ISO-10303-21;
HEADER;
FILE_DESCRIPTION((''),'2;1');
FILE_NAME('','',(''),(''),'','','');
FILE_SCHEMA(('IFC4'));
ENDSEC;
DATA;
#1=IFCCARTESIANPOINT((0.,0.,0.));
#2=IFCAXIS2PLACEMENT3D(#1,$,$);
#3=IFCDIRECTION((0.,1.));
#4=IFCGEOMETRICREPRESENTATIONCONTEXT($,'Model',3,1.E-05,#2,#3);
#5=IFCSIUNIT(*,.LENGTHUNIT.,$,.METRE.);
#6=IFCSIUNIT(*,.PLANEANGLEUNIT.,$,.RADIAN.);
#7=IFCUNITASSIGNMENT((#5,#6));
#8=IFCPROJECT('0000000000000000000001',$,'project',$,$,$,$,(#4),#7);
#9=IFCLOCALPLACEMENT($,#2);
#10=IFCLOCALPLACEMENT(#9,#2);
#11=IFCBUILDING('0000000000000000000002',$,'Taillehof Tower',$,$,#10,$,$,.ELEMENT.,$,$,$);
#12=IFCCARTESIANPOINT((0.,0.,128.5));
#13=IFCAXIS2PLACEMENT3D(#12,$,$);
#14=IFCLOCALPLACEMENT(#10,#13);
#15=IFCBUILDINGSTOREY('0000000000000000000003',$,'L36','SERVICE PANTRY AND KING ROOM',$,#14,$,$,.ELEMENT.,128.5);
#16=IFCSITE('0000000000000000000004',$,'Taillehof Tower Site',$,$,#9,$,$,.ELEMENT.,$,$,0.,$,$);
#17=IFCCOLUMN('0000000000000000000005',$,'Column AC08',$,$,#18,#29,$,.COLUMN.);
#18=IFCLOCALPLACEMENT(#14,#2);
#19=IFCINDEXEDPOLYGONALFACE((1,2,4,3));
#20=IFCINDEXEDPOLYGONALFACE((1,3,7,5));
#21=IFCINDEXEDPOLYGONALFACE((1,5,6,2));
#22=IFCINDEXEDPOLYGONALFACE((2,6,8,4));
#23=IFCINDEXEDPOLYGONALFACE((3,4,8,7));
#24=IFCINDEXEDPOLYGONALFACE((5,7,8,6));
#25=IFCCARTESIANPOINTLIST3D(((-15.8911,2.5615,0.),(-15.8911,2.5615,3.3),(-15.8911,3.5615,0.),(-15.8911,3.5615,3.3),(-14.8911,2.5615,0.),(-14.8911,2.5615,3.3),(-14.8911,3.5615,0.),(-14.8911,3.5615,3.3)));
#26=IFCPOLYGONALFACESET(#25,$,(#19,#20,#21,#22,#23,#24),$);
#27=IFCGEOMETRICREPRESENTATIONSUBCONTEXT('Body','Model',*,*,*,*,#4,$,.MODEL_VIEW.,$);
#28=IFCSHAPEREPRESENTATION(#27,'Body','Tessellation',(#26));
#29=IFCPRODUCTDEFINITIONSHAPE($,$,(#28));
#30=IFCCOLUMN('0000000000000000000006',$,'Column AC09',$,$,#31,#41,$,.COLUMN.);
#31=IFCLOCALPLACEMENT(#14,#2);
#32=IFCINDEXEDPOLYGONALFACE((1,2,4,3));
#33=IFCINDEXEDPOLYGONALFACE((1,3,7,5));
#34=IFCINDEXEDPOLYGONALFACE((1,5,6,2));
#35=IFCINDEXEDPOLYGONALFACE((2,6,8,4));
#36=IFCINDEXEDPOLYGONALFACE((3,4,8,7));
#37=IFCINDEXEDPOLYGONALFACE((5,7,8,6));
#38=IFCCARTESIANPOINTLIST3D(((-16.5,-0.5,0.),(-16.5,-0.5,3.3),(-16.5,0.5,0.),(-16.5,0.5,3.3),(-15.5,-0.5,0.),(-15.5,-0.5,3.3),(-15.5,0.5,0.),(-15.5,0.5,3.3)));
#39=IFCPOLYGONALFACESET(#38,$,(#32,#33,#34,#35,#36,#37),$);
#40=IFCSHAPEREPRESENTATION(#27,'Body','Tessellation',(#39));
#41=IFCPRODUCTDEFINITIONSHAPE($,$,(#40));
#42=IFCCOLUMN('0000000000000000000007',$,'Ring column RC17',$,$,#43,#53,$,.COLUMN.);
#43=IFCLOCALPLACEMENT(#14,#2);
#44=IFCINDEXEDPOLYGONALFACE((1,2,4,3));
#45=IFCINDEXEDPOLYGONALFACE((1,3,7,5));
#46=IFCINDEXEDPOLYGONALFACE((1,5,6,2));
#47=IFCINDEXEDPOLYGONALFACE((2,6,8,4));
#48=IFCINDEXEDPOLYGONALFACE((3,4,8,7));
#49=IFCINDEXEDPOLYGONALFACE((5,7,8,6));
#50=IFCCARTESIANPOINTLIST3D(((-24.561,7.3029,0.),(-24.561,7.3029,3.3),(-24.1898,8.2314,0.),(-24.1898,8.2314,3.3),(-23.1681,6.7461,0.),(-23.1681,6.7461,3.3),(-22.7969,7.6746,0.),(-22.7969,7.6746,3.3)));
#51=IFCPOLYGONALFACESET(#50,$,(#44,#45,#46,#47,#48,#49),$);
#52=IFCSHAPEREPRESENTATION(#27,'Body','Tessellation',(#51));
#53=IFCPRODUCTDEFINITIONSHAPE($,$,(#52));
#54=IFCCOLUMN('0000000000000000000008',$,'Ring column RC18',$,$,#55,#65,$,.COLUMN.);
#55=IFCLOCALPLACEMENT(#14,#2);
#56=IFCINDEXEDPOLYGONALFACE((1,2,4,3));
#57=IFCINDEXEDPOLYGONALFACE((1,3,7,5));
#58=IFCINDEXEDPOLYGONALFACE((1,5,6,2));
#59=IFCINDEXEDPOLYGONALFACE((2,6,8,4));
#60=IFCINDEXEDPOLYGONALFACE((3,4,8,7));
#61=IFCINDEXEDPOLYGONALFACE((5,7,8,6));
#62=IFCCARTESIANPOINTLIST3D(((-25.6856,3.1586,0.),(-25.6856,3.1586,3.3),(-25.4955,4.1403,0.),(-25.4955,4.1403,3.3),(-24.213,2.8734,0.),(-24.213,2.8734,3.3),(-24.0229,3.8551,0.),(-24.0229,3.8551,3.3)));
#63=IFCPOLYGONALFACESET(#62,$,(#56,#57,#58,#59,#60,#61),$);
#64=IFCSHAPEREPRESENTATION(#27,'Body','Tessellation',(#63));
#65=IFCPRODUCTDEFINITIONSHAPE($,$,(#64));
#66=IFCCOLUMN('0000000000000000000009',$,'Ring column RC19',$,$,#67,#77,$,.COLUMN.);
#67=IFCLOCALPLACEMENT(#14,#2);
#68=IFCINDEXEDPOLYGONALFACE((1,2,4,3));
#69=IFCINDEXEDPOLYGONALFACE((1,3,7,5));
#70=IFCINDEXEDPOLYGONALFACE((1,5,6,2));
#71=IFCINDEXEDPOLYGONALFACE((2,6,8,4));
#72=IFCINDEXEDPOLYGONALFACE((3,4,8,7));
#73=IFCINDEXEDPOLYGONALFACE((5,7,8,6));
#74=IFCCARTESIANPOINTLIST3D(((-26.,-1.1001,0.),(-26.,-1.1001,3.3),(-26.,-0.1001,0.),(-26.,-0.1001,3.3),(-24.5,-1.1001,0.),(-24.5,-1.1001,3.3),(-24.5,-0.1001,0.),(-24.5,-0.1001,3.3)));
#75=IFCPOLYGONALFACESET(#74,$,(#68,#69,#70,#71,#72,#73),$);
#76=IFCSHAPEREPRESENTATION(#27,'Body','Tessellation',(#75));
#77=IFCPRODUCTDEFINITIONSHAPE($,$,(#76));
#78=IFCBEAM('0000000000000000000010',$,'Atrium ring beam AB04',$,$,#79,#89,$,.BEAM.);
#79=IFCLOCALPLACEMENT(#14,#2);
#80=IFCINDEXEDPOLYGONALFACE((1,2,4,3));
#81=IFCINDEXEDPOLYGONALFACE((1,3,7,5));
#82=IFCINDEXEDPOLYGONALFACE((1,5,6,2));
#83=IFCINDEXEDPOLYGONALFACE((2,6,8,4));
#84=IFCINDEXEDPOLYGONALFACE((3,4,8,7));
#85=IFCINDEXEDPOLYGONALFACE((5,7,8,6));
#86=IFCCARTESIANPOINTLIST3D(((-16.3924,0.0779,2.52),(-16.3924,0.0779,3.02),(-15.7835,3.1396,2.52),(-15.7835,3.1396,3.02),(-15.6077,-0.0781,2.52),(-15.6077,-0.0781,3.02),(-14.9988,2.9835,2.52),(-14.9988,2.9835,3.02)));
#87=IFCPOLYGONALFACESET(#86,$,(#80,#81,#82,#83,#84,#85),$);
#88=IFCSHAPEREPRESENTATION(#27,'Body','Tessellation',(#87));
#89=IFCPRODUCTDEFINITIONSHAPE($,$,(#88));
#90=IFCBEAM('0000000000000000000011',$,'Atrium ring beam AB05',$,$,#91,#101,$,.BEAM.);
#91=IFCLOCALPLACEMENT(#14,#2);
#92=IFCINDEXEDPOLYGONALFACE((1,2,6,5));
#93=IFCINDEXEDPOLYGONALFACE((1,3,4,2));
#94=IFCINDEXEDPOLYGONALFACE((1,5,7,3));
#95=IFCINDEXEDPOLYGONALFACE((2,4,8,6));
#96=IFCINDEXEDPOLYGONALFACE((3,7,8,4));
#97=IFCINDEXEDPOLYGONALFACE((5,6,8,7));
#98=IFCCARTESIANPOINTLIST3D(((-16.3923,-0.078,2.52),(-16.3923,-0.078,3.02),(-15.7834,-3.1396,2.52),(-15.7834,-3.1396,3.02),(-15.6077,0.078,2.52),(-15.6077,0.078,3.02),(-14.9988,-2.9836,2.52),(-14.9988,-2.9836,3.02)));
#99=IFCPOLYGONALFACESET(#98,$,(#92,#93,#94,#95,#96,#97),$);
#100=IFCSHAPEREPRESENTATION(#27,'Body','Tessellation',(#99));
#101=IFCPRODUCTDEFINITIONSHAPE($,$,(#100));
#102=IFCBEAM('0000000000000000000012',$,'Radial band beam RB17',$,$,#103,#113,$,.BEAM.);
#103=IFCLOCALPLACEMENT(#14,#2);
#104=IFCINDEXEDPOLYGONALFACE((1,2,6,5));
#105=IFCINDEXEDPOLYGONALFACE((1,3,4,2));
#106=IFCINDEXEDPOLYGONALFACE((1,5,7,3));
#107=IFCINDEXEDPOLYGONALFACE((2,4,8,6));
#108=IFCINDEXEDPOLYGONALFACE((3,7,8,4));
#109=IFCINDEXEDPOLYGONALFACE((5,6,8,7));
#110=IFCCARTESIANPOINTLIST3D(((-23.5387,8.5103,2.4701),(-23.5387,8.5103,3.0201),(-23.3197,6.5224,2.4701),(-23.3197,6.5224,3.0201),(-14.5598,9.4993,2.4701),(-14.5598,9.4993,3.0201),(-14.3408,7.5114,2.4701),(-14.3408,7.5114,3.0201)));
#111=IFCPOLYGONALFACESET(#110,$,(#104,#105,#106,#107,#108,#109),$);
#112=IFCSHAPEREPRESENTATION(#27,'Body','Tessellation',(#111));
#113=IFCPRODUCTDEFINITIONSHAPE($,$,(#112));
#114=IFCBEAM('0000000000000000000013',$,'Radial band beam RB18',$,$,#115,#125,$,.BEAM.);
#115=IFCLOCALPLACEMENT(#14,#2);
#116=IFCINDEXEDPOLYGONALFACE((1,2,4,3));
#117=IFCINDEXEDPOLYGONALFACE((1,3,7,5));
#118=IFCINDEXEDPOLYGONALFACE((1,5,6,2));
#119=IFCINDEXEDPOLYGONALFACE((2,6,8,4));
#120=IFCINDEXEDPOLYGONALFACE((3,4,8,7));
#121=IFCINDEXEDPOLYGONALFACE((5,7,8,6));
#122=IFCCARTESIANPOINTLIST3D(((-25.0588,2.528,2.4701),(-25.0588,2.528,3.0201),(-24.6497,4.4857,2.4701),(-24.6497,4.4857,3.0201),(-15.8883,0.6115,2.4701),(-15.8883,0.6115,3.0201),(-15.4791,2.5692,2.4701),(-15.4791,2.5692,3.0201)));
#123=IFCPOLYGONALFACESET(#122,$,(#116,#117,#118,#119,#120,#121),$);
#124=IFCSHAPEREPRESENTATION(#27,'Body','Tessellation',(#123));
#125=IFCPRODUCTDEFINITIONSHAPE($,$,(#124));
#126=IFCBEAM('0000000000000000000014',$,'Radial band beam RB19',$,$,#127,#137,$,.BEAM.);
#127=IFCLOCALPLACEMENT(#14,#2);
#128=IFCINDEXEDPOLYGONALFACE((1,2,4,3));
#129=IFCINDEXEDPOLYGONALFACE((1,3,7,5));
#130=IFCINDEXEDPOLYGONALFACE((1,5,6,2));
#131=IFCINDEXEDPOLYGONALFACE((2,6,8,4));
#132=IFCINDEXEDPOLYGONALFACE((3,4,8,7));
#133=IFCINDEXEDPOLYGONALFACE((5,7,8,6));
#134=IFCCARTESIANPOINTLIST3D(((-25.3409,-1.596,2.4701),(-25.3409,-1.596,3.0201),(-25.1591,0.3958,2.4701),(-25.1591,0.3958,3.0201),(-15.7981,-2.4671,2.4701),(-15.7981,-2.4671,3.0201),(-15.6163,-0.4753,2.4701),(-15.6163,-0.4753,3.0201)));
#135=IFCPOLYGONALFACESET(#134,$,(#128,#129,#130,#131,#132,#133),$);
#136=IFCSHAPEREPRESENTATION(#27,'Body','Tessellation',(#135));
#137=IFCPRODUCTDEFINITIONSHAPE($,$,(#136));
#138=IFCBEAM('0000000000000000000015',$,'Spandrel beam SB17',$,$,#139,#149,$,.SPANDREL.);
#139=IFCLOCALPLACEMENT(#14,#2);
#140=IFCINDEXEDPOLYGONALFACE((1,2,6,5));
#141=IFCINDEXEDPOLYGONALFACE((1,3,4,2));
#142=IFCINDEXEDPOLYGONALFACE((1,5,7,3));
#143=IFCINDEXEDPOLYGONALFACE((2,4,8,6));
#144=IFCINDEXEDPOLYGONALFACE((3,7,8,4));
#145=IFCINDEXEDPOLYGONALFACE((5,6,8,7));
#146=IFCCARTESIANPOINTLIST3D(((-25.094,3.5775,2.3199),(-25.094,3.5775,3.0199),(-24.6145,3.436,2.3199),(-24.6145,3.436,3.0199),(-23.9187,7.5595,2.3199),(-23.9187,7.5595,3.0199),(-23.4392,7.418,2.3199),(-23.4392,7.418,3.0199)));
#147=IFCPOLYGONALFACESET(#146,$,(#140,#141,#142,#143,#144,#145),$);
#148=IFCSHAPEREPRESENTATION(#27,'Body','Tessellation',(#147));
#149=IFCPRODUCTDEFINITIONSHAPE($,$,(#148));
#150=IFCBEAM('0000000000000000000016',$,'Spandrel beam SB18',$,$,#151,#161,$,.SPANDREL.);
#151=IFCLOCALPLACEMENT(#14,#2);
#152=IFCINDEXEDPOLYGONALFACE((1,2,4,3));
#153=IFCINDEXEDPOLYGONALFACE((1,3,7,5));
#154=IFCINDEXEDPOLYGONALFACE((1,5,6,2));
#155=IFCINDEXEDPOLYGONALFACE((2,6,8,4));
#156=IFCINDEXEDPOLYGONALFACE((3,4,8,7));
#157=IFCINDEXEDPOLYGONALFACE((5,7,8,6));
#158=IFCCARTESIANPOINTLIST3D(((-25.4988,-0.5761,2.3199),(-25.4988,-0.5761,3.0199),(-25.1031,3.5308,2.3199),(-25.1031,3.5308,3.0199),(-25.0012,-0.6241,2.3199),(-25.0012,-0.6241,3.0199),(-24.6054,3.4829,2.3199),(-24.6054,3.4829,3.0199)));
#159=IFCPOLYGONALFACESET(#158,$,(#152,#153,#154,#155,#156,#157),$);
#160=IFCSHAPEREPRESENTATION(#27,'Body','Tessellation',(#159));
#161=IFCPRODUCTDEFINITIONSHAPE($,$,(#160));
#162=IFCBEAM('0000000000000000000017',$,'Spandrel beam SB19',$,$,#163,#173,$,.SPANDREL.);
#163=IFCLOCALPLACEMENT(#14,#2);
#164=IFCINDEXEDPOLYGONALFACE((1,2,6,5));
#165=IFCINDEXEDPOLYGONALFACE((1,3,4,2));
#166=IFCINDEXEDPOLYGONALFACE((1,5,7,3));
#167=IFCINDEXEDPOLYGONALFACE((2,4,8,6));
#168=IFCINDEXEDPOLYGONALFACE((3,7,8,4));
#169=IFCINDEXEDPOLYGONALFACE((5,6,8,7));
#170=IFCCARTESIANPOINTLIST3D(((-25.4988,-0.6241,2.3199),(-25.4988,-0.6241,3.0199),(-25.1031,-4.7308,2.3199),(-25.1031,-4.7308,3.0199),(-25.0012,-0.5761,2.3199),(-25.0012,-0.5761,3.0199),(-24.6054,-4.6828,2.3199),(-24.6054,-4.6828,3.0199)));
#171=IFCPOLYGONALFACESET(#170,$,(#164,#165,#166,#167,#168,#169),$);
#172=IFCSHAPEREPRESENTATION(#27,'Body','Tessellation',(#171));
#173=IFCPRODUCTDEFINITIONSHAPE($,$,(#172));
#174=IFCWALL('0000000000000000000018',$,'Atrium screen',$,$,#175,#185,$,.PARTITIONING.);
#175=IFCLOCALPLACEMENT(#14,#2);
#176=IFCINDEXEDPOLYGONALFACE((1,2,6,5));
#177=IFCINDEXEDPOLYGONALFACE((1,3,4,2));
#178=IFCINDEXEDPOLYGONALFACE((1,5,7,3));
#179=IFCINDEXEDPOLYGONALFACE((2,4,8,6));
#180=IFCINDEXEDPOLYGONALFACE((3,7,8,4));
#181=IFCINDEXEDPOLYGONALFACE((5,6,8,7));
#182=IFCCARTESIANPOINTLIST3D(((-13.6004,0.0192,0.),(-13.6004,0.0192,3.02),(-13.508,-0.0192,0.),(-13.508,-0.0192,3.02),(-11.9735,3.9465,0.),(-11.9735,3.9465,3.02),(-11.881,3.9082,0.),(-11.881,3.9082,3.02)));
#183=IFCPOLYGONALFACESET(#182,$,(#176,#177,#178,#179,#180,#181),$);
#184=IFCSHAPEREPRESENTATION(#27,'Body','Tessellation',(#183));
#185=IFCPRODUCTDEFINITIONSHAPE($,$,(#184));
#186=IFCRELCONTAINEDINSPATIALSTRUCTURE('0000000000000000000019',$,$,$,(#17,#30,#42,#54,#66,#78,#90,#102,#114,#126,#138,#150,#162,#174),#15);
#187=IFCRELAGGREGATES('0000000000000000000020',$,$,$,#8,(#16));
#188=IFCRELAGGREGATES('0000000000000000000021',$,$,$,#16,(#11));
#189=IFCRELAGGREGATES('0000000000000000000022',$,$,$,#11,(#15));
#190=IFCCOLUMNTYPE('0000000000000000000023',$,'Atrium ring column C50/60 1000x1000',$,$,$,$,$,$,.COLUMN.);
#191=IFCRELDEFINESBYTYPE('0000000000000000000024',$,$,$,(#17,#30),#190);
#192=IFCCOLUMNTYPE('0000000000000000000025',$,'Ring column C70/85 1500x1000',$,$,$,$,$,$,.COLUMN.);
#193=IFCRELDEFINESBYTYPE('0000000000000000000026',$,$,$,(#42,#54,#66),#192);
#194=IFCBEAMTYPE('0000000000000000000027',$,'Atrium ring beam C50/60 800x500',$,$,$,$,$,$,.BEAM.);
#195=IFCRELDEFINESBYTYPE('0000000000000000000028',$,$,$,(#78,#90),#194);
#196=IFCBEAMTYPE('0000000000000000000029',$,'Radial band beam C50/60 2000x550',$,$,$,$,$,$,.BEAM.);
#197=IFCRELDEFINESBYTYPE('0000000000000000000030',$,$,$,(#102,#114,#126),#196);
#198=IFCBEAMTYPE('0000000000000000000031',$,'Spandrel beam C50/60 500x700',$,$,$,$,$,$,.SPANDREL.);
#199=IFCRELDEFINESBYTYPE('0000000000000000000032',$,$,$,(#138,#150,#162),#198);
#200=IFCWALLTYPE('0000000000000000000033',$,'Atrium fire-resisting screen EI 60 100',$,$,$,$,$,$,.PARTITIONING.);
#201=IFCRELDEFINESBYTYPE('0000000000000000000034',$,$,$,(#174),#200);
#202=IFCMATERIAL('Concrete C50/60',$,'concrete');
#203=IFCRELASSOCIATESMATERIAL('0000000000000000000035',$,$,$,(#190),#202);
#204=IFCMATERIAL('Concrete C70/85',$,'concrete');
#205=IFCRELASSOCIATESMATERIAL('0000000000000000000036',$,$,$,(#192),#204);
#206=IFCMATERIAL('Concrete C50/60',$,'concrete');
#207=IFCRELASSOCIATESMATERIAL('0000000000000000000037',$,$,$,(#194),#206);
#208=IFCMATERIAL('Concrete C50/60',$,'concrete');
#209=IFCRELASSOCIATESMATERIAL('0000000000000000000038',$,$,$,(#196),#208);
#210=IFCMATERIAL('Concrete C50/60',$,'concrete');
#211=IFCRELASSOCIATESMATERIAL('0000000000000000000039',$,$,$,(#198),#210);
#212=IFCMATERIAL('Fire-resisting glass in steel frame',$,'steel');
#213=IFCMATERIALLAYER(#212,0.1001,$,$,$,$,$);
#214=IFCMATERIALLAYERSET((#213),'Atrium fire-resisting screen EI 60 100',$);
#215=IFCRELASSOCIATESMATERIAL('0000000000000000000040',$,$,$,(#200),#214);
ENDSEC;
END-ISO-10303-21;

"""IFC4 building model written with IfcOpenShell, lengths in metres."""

from ifc_helpers import new_model, si_unit, direction, frame, frame_2d, origin, origin_2d, place, context, subcontext, project, spatial, rectangle, extrude, material, layer, layer_set, material_profile, profile_set, type_object, element, save


model = new_model("IFC4")

# Units and contexts
model_context = context("Model", 3, precision=1e-05, world=origin(), true_north=direction((0.0, 1.0)))
body_context = subcontext(model_context, "Body", "Model", "MODEL_VIEW")
ifc_project = project(units=[si_unit("LENGTHUNIT", "METRE"), si_unit("PLANEANGLEUNIT", "RADIAN")], contexts=[model_context])

# Site, building, storey
site_placement = place(None, origin())
site = spatial("IfcSite", under=ifc_project, at=site_placement, Name="Taillehof Tower Site", CompositionType="ELEMENT", RefElevation=0.0)
building_placement = place(site_placement, origin())
building = spatial("IfcBuilding", under=site, at=building_placement, Name="Taillehof Tower", CompositionType="ELEMENT")
storey_placement = place(building_placement, frame((0.0, 0.0, 128.5)))
storey = spatial("IfcBuildingStorey", under=building, at=storey_placement, Name="L36", Description="SERVICE PANTRY AND KING ROOM", CompositionType="ELEMENT", Elevation=128.5)

# Columns
ifc_material_1 = material(Name="Concrete C50/60", Category="concrete")
ifc_material_profile_1 = material_profile(ifc_material_1, rectangle(XDim=1.0, YDim=1.0, at=origin_2d()), Name="RC 1000x1000")
ifc_profile_set_1 = profile_set([ifc_material_profile_1], Name="Concrete C50/60")
column_type_1 = type_object("IfcColumnType", Name="Atrium ring column C50/60 1000x1000", PredefinedType="COLUMN", material=ifc_profile_set_1)
for number, where, z_axis, x_axis, name in (
    (1, (-15.3911, 3.0615, 0.0), (0.0, 0.0, 1.0), (1.0, 0.0, 0.0), "Column AC08"),
    (2, (-16.0, 0.0, 0.0), (0.0, 0.0, 1.0), (1.0, 0.0, 0.0), "Column AC09"),
):
    element("IfcColumn", number, at=place(storey_placement, frame(where, z_axis=z_axis, x_axis=x_axis)), inside=storey, type_object=column_type_1, Name=name, PredefinedType="COLUMN", context=body_context, shape_type="SweptSolid", body=[
        extrude(rectangle(XDim=1.0, YDim=1.0, at=origin_2d()), origin(), (0.0, 0.0, 1.0), 3.3),
    ])
ifc_material_2 = material(Name="Concrete C70/85", Category="concrete")
ifc_material_profile_2 = material_profile(ifc_material_2, rectangle(XDim=1.5, YDim=1.0, at=origin_2d()), Name="RC 1500x1000")
ifc_profile_set_2 = profile_set([ifc_material_profile_2], Name="Concrete C70/85")
column_type_2 = type_object("IfcColumnType", Name="Ring column C70/85 1500x1000", PredefinedType="COLUMN", material=ifc_profile_set_2)
for number, where, z_axis, x_axis, name in (
    (3, (-23.679, 7.4888, 0.0), (0.0, 0.0, 1.0), (-0.92855, 0.371207, 0.0), "Ring column RC17"),
    (4, (-24.8542, 3.5068, 0.0), (0.0, 0.0, 1.0), (-0.981757, 0.190138, 0.0), "Ring column RC18"),
    (5, (-25.25, -0.6001, 0.0), (0.0, 0.0, 1.0), (-1.0, 0.0, 0.0), "Ring column RC19"),
):
    element("IfcColumn", number, at=place(storey_placement, frame(where, z_axis=z_axis, x_axis=x_axis)), inside=storey, type_object=column_type_2, Name=name, PredefinedType="COLUMN", context=body_context, shape_type="SweptSolid", body=[
        extrude(rectangle(XDim=1.5, YDim=1.0, at=origin_2d()), origin(), (0.0, 0.0, 1.0), 3.3),
    ])

# Beams
ifc_material_3 = material(Name="Concrete C50/60", Category="concrete")
ifc_material_profile_3 = material_profile(ifc_material_3, rectangle(XDim=0.8, YDim=0.5, at=origin_2d()), Name="RC 800x500")
ifc_profile_set_3 = profile_set([ifc_material_profile_3], Name="Concrete C50/60")
beam_type_1 = type_object("IfcBeamType", Name="Atrium ring beam C50/60 800x500", PredefinedType="BEAM", material=ifc_profile_set_3)
for number, where, z_axis, x_axis, name in (
    (6, (-15.3911, 3.0615, 2.77), (-0.195063, -0.980791, 0.0), (0.980791, -0.195063, 0.0), "Atrium ring beam AB04"),
    (7, (-16.0, 0.0, 2.77), (0.195063, -0.980791, 0.0), (0.980791, 0.195063, 0.0), "Atrium ring beam AB05"),
):
    element("IfcBeam", number, at=place(storey_placement, frame(where, z_axis=z_axis, x_axis=x_axis)), inside=storey, type_object=beam_type_1, Name=name, PredefinedType="BEAM", context=body_context, shape_type="SweptSolid", body=[
        extrude(rectangle(XDim=0.8, YDim=0.5, at=origin_2d()), origin(), (0.0, 0.0, 1.0), 3.1216),
    ])
ifc_material_4 = material(Name="Concrete C50/60", Category="concrete")
ifc_material_profile_4 = material_profile(ifc_material_4, rectangle(XDim=2.0, YDim=0.55, at=origin_2d()), Name="RC 2000x550")
ifc_profile_set_4 = profile_set([ifc_material_profile_4], Name="Concrete C50/60")
beam_type_2 = type_object("IfcBeamType", Name="Radial band beam C50/60 2000x550", PredefinedType="BEAM", material=ifc_profile_set_4)
beam_1_placement = place(storey_placement, frame((-23.4292, 7.5164, 2.7451), z_axis=(0.993988, 0.109485, 0.0), x_axis=(-0.109485, 0.993988, 0.0)))
element("IfcBeam", 8, at=beam_1_placement, inside=storey, type_object=beam_type_2, Name="Radial band beam RB17", PredefinedType="BEAM", context=body_context, shape_type="SweptSolid", body=[
    extrude(rectangle(XDim=2.0, YDim=0.55, at=origin_2d()), origin(), (0.0, 0.0, 1.0), 9.0332),
])
beam_2_placement = place(storey_placement, frame((-24.8542, 3.5068, 2.7451), z_axis=(0.978853, -0.204563, 0.0), x_axis=(0.204563, 0.978853, 0.0)))
element("IfcBeam", 9, at=beam_2_placement, inside=storey, type_object=beam_type_2, Name="Radial band beam RB18", PredefinedType="BEAM", context=body_context, shape_type="SweptSolid", body=[
    extrude(rectangle(XDim=2.0, YDim=0.55, at=origin_2d()), origin(), (0.0, 0.0, 1.0), 9.3687),
])
beam_3_placement = place(storey_placement, frame((-25.25, -0.6001, 2.7451), z_axis=(0.99586, -0.090906, 0.0), x_axis=(0.090906, 0.99586, 0.0)))
element("IfcBeam", 10, at=beam_3_placement, inside=storey, type_object=beam_type_2, Name="Radial band beam RB19", PredefinedType="BEAM", context=body_context, shape_type="SweptSolid", body=[
    extrude(rectangle(XDim=2.0, YDim=0.55, at=origin_2d()), origin(), (0.0, 0.0, 1.0), 9.5825),
])
ifc_material_5 = material(Name="Concrete C50/60", Category="concrete")
ifc_material_profile_5 = material_profile(ifc_material_5, rectangle(XDim=0.5, YDim=0.7, at=origin_2d()), Name="RC 500x700")
ifc_profile_set_5 = profile_set([ifc_material_profile_5], Name="Concrete C50/60")
beam_type_3 = type_object("IfcBeamType", Name="Spandrel beam C50/60 500x700", PredefinedType="SPANDREL", material=ifc_profile_set_5)
beam_4_placement = place(storey_placement, frame((-23.679, 7.4888, 2.6699), z_axis=(-0.283083, -0.959095, 0.0), x_axis=(0.959095, -0.283083, 0.0)))
element("IfcBeam", 11, at=beam_4_placement, inside=storey, type_object=beam_type_3, Name="Spandrel beam SB17", PredefinedType="SPANDREL", context=body_context, shape_type="SweptSolid", body=[
    extrude(rectangle(XDim=0.5, YDim=0.7, at=origin_2d()), origin(), (0.0, 0.0, 1.0), 4.1519),
])
beam_5_placement = place(storey_placement, frame((-24.8542, 3.5068, 2.6699), z_axis=(-0.095918, -0.995389, 0.0), x_axis=(0.995389, -0.095918, 0.0)))
element("IfcBeam", 12, at=beam_5_placement, inside=storey, type_object=beam_type_3, Name="Spandrel beam SB18", PredefinedType="SPANDREL", context=body_context, shape_type="SweptSolid", body=[
    extrude(rectangle(XDim=0.5, YDim=0.7, at=origin_2d()), origin(), (0.0, 0.0, 1.0), 4.126),
])
beam_6_placement = place(storey_placement, frame((-25.25, -0.6001, 2.6699), z_axis=(0.095923, -0.995389, 0.0), x_axis=(0.995389, 0.095923, 0.0)))
element("IfcBeam", 13, at=beam_6_placement, inside=storey, type_object=beam_type_3, Name="Spandrel beam SB19", PredefinedType="SPANDREL", context=body_context, shape_type="SweptSolid", body=[
    extrude(rectangle(XDim=0.5, YDim=0.7, at=origin_2d()), origin(), (0.0, 0.0, 1.0), 4.1257),
])

# Wall
ifc_material_6 = material(Name="Fire-resisting glass in steel frame", Category="steel")
ifc_layer_1 = layer(ifc_material_6, 0.1001)
ifc_layer_set_1 = layer_set([ifc_layer_1], Name="Atrium fire-resisting screen EI 60 100")
wall_type_1 = type_object("IfcWallType", Name="Atrium fire-resisting screen EI 60 100", PredefinedType="PARTITIONING", material=ifc_layer_set_1)
wall_1_placement = place(storey_placement, frame((-13.5542, 0.0, 0.0), z_axis=(0.0, 0.0, 1.0), x_axis=(0.382731, 0.92386, 0.0)))
element("IfcWall", 14, at=wall_1_placement, inside=storey, type_object=wall_type_1, Name="Atrium screen", PredefinedType="PARTITIONING", context=body_context, shape_type="SweptSolid", body=[
    extrude(rectangle(XDim=4.251, YDim=0.1001, at=frame_2d((2.1255, 0.0))), origin(), (0.0, 0.0, 1.0), 3.02),
])

save(model, "model.ifc")
